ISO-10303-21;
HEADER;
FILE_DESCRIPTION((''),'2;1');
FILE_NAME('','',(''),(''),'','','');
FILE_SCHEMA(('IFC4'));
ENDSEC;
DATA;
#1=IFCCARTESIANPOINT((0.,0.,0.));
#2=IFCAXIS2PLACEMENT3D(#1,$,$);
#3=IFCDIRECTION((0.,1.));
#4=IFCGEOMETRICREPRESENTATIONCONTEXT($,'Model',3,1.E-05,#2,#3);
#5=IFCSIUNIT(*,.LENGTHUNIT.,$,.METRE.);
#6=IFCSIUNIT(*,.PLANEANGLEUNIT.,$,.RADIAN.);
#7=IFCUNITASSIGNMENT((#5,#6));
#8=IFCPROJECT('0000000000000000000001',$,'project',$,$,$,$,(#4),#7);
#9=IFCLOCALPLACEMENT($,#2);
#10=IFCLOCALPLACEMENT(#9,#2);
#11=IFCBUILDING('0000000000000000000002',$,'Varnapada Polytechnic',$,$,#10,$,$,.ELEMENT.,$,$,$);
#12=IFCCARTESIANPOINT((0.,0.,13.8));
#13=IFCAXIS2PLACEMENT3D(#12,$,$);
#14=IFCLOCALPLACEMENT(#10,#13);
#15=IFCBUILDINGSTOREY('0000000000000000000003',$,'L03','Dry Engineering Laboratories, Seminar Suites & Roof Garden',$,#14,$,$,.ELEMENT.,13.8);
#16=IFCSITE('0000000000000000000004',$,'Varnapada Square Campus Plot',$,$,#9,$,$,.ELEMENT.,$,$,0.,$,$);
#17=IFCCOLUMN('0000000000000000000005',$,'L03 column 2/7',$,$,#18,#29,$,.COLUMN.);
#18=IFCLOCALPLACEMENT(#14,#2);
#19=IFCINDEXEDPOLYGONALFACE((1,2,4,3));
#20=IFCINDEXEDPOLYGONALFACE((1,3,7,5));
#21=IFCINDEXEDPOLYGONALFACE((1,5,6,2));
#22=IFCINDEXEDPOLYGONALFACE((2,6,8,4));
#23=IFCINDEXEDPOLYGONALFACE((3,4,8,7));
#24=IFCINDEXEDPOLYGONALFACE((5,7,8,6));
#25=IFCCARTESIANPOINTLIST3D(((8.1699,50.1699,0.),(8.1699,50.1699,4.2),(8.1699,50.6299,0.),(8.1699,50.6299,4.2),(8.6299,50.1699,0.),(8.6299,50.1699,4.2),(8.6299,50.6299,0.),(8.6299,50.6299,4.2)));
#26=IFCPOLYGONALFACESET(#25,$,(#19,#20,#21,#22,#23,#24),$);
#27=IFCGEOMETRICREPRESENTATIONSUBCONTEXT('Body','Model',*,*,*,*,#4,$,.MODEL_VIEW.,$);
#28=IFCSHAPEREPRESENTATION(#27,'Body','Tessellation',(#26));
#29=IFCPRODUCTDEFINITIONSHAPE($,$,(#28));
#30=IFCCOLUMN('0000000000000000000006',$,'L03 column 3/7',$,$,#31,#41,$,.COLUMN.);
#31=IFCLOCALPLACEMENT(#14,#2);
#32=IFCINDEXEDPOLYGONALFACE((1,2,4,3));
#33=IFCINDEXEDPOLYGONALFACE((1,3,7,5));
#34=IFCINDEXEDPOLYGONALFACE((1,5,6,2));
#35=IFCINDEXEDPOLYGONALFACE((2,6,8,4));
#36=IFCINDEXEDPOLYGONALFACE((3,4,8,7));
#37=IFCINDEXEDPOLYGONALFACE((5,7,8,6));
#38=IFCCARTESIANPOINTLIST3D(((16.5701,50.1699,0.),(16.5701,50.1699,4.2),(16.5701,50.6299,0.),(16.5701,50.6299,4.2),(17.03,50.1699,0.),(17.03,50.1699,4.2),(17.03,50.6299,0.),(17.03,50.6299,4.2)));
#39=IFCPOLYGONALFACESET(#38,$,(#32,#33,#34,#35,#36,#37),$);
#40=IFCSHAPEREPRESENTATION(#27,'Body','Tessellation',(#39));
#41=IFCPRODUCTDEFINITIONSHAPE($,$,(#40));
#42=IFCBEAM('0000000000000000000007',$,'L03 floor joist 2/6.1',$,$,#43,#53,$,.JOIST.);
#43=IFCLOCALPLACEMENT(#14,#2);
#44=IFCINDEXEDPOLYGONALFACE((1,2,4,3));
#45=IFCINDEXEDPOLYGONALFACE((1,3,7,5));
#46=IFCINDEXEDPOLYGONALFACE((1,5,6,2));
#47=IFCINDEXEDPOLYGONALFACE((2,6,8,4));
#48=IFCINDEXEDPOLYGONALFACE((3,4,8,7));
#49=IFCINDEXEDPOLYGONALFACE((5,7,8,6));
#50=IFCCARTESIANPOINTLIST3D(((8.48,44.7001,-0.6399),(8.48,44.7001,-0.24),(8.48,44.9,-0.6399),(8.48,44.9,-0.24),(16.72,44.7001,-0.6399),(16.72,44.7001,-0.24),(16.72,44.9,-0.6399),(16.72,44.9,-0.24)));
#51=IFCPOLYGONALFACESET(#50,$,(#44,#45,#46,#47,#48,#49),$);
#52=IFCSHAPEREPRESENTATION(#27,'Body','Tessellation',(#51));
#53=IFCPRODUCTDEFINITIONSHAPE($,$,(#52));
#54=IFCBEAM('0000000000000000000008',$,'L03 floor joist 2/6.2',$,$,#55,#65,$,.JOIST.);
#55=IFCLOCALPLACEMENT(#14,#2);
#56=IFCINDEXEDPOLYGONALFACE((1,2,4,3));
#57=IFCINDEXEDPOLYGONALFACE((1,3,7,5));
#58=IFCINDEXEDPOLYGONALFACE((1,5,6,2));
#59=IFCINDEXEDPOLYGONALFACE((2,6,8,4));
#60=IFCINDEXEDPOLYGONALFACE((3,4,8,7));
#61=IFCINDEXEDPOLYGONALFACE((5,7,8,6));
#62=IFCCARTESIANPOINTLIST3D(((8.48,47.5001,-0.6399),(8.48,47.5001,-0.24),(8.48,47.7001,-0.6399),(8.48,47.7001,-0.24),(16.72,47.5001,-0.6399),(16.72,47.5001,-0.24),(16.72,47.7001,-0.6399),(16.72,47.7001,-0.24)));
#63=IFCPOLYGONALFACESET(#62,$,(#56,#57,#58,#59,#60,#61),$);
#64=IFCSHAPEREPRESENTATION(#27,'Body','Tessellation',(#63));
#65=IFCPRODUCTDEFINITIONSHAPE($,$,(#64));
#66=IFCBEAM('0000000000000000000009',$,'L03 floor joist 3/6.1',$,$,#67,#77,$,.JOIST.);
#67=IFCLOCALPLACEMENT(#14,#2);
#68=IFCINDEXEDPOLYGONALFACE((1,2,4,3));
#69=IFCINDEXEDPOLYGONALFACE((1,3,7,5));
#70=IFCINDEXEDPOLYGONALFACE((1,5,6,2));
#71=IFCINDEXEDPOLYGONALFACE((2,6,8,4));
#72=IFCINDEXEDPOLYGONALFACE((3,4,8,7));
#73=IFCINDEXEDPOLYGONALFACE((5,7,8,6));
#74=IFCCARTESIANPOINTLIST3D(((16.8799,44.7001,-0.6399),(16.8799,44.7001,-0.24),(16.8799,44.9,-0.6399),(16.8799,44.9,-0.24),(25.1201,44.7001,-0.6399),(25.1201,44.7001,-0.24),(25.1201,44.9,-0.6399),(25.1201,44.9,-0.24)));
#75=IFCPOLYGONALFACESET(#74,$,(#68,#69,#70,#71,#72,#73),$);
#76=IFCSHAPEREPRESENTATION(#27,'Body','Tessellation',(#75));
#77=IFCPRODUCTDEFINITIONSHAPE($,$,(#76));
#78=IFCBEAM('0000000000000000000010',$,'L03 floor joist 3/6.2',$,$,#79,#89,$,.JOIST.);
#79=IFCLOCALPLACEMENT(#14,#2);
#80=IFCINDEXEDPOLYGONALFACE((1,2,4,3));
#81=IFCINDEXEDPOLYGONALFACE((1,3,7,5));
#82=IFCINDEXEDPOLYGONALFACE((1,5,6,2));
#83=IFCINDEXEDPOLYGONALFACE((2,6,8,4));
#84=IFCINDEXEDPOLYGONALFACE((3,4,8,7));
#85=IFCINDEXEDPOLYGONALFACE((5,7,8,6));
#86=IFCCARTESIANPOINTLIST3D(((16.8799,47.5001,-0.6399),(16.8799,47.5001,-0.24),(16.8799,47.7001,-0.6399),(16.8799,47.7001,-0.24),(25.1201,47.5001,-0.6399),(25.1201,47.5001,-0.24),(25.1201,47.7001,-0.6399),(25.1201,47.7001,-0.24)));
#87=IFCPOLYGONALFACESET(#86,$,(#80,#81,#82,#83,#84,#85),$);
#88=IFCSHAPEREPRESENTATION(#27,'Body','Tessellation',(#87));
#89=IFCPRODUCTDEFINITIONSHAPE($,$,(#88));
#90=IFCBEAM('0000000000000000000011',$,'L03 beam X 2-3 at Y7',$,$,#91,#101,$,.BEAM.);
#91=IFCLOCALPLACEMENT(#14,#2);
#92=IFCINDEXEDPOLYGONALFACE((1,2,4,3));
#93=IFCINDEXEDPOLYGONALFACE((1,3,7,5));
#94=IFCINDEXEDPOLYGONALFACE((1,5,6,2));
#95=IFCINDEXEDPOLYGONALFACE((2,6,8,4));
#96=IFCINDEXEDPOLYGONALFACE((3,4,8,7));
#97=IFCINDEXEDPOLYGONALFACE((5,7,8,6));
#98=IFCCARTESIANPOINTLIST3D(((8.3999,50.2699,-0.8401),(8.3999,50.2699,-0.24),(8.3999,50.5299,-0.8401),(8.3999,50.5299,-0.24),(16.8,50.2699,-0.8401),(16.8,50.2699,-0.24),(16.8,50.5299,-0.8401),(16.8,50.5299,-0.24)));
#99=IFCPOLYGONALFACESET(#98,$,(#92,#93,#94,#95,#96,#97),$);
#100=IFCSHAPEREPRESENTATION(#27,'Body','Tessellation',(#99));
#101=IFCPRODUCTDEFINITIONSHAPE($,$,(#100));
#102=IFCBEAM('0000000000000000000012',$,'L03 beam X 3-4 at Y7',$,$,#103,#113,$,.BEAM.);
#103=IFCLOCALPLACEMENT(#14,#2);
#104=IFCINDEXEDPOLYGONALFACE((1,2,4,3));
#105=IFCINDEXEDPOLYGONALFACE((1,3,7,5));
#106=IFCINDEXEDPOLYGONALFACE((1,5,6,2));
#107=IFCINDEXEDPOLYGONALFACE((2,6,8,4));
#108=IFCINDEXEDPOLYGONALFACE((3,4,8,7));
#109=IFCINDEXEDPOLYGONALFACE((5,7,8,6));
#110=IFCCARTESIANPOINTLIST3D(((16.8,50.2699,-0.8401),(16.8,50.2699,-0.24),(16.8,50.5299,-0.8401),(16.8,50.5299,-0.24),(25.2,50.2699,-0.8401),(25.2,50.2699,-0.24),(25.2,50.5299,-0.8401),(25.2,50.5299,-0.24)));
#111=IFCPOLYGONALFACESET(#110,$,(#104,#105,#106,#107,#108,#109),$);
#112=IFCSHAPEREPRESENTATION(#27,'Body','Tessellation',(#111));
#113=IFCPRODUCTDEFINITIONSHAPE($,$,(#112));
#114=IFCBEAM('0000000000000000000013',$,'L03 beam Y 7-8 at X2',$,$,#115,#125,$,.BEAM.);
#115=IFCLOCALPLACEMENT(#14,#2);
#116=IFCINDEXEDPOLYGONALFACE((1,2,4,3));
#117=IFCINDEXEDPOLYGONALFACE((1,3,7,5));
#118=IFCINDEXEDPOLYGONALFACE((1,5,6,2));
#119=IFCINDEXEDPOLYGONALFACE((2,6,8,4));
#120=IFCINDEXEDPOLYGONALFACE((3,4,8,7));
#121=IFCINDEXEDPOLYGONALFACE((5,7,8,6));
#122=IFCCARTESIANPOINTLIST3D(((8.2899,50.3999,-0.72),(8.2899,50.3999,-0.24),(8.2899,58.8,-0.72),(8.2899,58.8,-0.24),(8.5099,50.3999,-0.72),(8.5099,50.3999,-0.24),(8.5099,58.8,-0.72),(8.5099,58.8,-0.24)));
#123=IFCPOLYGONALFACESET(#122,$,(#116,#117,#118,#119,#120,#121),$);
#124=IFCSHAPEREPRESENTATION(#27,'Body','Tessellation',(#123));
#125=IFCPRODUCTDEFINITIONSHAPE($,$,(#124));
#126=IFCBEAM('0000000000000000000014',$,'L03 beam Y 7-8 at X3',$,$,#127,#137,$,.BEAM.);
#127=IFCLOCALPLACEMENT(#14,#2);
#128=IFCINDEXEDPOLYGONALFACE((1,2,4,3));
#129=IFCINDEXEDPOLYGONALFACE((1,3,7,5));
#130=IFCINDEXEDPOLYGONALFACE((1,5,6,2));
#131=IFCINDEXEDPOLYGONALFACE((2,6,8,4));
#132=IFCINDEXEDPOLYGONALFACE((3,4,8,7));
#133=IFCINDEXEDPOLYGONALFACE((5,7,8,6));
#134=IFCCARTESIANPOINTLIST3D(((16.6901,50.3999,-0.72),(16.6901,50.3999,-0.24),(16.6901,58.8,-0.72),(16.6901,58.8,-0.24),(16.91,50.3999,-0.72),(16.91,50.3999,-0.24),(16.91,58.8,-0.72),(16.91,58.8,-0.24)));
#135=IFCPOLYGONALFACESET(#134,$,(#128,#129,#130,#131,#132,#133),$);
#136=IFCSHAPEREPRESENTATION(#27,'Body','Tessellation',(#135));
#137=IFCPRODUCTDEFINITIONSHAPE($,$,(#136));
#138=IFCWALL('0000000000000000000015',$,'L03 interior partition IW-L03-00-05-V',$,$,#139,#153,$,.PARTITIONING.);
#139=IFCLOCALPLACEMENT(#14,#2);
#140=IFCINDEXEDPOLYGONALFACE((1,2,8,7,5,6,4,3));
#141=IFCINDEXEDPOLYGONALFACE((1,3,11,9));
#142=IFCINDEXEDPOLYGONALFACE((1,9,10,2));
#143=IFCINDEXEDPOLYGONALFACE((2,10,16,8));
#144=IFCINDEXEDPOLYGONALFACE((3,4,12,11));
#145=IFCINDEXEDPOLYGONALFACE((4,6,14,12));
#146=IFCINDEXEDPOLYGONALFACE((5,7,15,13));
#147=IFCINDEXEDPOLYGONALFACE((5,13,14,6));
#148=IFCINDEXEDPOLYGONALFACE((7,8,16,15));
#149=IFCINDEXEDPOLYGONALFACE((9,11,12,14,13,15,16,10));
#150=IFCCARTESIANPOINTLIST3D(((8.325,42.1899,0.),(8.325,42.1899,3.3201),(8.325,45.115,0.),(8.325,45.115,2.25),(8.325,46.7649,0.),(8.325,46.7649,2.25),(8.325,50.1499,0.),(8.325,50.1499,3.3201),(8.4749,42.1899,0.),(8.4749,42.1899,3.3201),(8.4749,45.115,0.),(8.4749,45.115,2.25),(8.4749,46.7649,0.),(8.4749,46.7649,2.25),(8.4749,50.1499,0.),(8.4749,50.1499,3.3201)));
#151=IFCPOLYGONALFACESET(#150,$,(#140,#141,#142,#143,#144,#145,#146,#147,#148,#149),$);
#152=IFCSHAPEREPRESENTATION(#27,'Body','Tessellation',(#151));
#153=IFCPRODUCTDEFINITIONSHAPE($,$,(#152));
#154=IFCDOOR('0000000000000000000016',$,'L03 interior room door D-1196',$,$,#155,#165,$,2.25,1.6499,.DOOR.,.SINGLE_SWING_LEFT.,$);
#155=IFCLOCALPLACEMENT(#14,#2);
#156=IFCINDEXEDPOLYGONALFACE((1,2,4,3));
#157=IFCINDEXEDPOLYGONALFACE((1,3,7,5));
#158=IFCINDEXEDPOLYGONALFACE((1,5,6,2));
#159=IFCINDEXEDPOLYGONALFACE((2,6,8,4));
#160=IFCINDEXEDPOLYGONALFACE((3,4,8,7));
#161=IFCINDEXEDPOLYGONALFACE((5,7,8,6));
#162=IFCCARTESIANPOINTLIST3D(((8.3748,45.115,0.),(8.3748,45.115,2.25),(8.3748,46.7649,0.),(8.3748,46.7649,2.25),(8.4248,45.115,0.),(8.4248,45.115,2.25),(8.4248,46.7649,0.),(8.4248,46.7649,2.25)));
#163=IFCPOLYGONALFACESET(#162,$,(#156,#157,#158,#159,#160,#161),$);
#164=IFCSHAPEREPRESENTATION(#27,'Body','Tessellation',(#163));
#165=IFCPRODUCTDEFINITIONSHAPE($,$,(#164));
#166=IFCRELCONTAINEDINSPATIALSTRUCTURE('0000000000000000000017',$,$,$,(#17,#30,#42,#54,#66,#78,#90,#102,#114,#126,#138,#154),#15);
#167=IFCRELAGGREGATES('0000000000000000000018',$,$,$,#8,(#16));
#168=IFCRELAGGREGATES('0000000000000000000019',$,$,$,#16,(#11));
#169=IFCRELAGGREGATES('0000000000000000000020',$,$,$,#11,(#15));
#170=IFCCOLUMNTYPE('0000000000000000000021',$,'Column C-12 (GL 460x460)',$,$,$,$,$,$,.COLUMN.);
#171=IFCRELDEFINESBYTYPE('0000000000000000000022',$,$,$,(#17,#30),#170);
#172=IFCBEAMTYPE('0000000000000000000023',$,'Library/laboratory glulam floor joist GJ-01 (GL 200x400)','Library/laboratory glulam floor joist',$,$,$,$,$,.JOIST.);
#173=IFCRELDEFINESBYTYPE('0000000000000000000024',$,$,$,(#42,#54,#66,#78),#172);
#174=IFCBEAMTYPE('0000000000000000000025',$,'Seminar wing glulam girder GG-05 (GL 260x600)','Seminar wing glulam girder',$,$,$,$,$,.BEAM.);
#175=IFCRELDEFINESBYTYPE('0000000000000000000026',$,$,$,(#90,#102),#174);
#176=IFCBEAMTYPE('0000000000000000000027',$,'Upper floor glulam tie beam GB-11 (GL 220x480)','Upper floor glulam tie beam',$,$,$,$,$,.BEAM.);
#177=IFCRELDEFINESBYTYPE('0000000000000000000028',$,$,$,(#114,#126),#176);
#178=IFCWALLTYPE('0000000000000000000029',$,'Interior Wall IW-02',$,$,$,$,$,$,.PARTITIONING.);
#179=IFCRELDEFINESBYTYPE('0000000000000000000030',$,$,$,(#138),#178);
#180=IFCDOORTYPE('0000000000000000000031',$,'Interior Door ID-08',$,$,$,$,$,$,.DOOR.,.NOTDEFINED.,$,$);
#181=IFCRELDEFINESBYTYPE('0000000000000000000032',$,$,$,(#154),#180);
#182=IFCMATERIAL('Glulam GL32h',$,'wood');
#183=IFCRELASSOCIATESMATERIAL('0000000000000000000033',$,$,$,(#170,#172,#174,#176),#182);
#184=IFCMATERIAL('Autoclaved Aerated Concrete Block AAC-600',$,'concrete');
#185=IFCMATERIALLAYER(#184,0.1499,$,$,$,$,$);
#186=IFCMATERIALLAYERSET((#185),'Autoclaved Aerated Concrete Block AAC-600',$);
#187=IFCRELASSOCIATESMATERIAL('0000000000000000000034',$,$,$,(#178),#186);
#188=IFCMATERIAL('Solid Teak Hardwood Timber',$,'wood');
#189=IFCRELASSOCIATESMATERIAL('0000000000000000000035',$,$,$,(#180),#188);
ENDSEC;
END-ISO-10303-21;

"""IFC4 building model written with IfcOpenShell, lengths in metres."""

from ifc_helpers import new_model, si_unit, direction, frame, frame_2d, origin, origin_2d, place, context, subcontext, project, spatial, rectangle, extrude, material, layer, layer_set, material_profile, profile_set, type_object, element, fill, save


model = new_model("IFC4")

# Units and contexts
model_context = context("Model", 3, precision=1e-05, world=origin(), true_north=direction((0.0, 1.0)))
body_context = subcontext(model_context, "Body", "Model", "MODEL_VIEW")
ifc_project = project(units=[si_unit("LENGTHUNIT", "METRE"), si_unit("PLANEANGLEUNIT", "RADIAN")], contexts=[model_context])

# Site, building, storey
site_placement = place(None, origin())
site = spatial("IfcSite", under=ifc_project, at=site_placement, Name="Varnapada Square Campus Plot", CompositionType="ELEMENT", RefElevation=0.0)
building_placement = place(site_placement, origin())
building = spatial("IfcBuilding", under=site, at=building_placement, Name="Varnapada Polytechnic", CompositionType="ELEMENT")
storey_placement = place(building_placement, frame((0.0, 0.0, 13.8)))
storey = spatial("IfcBuildingStorey", under=building, at=storey_placement, Name="L03", Description="Dry Engineering Laboratories, Seminar Suites & Roof Garden", CompositionType="ELEMENT", Elevation=13.8)

# Columns
ifc_material_1 = material(Name="Glulam GL32h", Category="wood")
ifc_material_profile_1 = material_profile(ifc_material_1, rectangle(XDim=0.46, YDim=0.46, at=origin_2d()), Name="GL 460x460")
ifc_profile_set_1 = profile_set([ifc_material_profile_1], Name="Glulam GL32h")
column_type = type_object("IfcColumnType", Name="Column C-12 (GL 460x460)", PredefinedType="COLUMN", material=ifc_profile_set_1)
for number, where, z_axis, x_axis, name in (
    (1, (8.3999, 50.3999, 0.0), (0.0, 0.0, 1.0), (1.0, 0.0, 0.0), "L03 column 2/7"),
    (2, (16.8, 50.3999, 0.0), (0.0, 0.0, 1.0), (1.0, 0.0, 0.0), "L03 column 3/7"),
):
    element("IfcColumn", number, at=place(storey_placement, frame(where, z_axis=z_axis, x_axis=x_axis)), inside=storey, type_object=column_type, Name=name, PredefinedType="COLUMN", context=body_context, shape_type="SweptSolid", body=[
        extrude(rectangle(XDim=0.46, YDim=0.46, at=origin_2d()), origin(), (0.0, 0.0, 1.0), 4.2),
    ])

# Beams
ifc_material_profile_2 = material_profile(ifc_material_1, rectangle(XDim=0.2, YDim=0.3999, at=origin_2d()), Name="GL 200x400")
ifc_profile_set_2 = profile_set([ifc_material_profile_2], Name="Glulam GL32h")
beam_type_1 = type_object("IfcBeamType", Name="Library/laboratory glulam floor joist GJ-01 (GL 200x400)", Description="Library/laboratory glulam floor joist", PredefinedType="JOIST", material=ifc_profile_set_2)
for number, where, z_axis, x_axis, name in (
    (3, (8.48, 44.8, -0.4399), (1.0, 0.0, 0.0), (0.0, 1.0, 0.0), "L03 floor joist 2/6.1"),
    (4, (8.48, 47.6001, -0.4399), (1.0, 0.0, 0.0), (0.0, 1.0, 0.0), "L03 floor joist 2/6.2"),
):
    element("IfcBeam", number, at=place(storey_placement, frame(where, z_axis=z_axis, x_axis=x_axis)), inside=storey, type_object=beam_type_1, Name=name, PredefinedType="JOIST", context=body_context, shape_type="SweptSolid", body=[
        extrude(rectangle(XDim=0.2, YDim=0.3999, at=origin_2d()), origin(), (0.0, 0.0, 1.0), 8.24),
    ])
for number, where, z_axis, x_axis, name in (
    (5, (16.8799, 44.8, -0.4399), (1.0, 0.0, 0.0), (0.0, 1.0, 0.0), "L03 floor joist 3/6.1"),
    (6, (16.8799, 47.6001, -0.4399), (1.0, 0.0, 0.0), (0.0, 1.0, 0.0), "L03 floor joist 3/6.2"),
):
    element("IfcBeam", number, at=place(storey_placement, frame(where, z_axis=z_axis, x_axis=x_axis)), inside=storey, type_object=beam_type_1, Name=name, PredefinedType="JOIST", context=body_context, shape_type="SweptSolid", body=[
        extrude(rectangle(XDim=0.2, YDim=0.3999, at=origin_2d()), origin(), (0.0, 0.0, 1.0), 8.2402),
    ])
ifc_material_profile_3 = material_profile(ifc_material_1, rectangle(XDim=0.26, YDim=0.6001, at=origin_2d()), Name="GL 260x600")
ifc_profile_set_3 = profile_set([ifc_material_profile_3], Name="Glulam GL32h")
beam_type_2 = type_object("IfcBeamType", Name="Seminar wing glulam girder GG-05 (GL 260x600)", Description="Seminar wing glulam girder", PredefinedType="BEAM", material=ifc_profile_set_3)
beam_1_placement = place(storey_placement, frame((8.3999, 50.3999, -0.54), z_axis=(1.0, 0.0, 0.0), x_axis=(0.0, 1.0, 0.0)))
element("IfcBeam", 7, at=beam_1_placement, inside=storey, type_object=beam_type_2, Name="L03 beam X 2-3 at Y7", PredefinedType="BEAM", context=body_context, shape_type="SweptSolid", body=[
    extrude(rectangle(XDim=0.26, YDim=0.6001, at=origin_2d()), origin(), (0.0, 0.0, 1.0), 8.4001),
])
beam_2_placement = place(storey_placement, frame((16.8, 50.3999, -0.54), z_axis=(1.0, 0.0, 0.0), x_axis=(0.0, 1.0, 0.0)))
element("IfcBeam", 8, at=beam_2_placement, inside=storey, type_object=beam_type_2, Name="L03 beam X 3-4 at Y7", PredefinedType="BEAM", context=body_context, shape_type="SweptSolid", body=[
    extrude(rectangle(XDim=0.26, YDim=0.6001, at=origin_2d()), origin(), (0.0, 0.0, 1.0), 8.3999),
])
ifc_material_profile_4 = material_profile(ifc_material_1, rectangle(XDim=0.22, YDim=0.48, at=origin_2d()), Name="GL 220x480")
ifc_profile_set_4 = profile_set([ifc_material_profile_4], Name="Glulam GL32h")
beam_type_3 = type_object("IfcBeamType", Name="Upper floor glulam tie beam GB-11 (GL 220x480)", Description="Upper floor glulam tie beam", PredefinedType="BEAM", material=ifc_profile_set_4)
for number, where, z_axis, x_axis, name in (
    (9, (8.3999, 50.3999, -0.48), (0.0, 1.0, 0.0), (-1.0, 0.0, 0.0), "L03 beam Y 7-8 at X2"),
    (10, (16.8, 50.3999, -0.48), (0.0, 1.0, 0.0), (-1.0, 0.0, 0.0), "L03 beam Y 7-8 at X3"),
):
    element("IfcBeam", number, at=place(storey_placement, frame(where, z_axis=z_axis, x_axis=x_axis)), inside=storey, type_object=beam_type_3, Name=name, PredefinedType="BEAM", context=body_context, shape_type="SweptSolid", body=[
        extrude(rectangle(XDim=0.22, YDim=0.48, at=origin_2d()), origin(), (0.0, 0.0, 1.0), 8.4001),
    ])

# Wall, opening, door
ifc_material_2 = material(Name="Autoclaved Aerated Concrete Block AAC-600", Category="concrete")
ifc_layer_1 = layer(ifc_material_2, 0.1499)
ifc_layer_set_1 = layer_set([ifc_layer_1], Name="Autoclaved Aerated Concrete Block AAC-600")
wall_type_1 = type_object("IfcWallType", Name="Interior Wall IW-02", PredefinedType="PARTITIONING", material=ifc_layer_set_1)
wall_1_placement = place(storey_placement, frame((8.3999, 42.1899, 0.0), z_axis=(0.0, 0.0, 1.0), x_axis=(0.0, 1.0, 0.0)))
wall_1 = element("IfcWall", 11, at=wall_1_placement, inside=storey, type_object=wall_type_1, Name="L03 interior partition IW-L03-00-05-V", PredefinedType="PARTITIONING", context=body_context, shape_type="SweptSolid", body=[
    extrude(rectangle(XDim=7.96, YDim=0.1499, at=frame_2d((3.98, 0.0))), origin(), (0.0, 0.0, 1.0), 3.3201),
])
opening_1_placement = place(wall_1_placement, frame((2.925, 0.0, 0.0)))
opening_1 = element("IfcOpeningElement", 12, at=opening_1_placement, cuts=wall_1, PredefinedType="OPENING", context=body_context, shape_type="SweptSolid", body=[
    extrude(rectangle(XDim=1.6499, YDim=2.25, at=frame_2d((0.825, 1.125))), frame((0.0, 0.085, 0.0), z_axis=(0.0, -1.0, 0.0), x_axis=(1.0, 0.0, 0.0)), (0.0, 0.0, 1.0), 0.1699),
])
ifc_material_3 = material(Name="Solid Teak Hardwood Timber", Category="wood")
door_type_1 = type_object("IfcDoorType", Name="Interior Door ID-08", OperationType="NOTDEFINED", PredefinedType="DOOR", material=ifc_material_3)
door_1_placement = place(opening_1_placement, frame((1.6499, 0.0, 0.0), z_axis=(0.0, 0.0, 1.0), x_axis=(-1.0, 0.0, 0.0)))
door_1 = element("IfcDoor", 13, at=door_1_placement, inside=storey, type_object=door_type_1, Name="L03 interior room door D-1196", OperationType="SINGLE_SWING_LEFT", OverallHeight=2.25, OverallWidth=1.6499, PredefinedType="DOOR", context=body_context, shape_type="SweptSolid", body=[
    extrude(rectangle(XDim=1.6499, YDim=2.25, at=frame_2d((0.825, 1.125))), frame((0.0, 0.0249, 0.0), z_axis=(0.0, -1.0, 0.0), x_axis=(1.0, 0.0, 0.0)), (0.0, 0.0, 1.0), 0.05),
])
fill(opening_1, door_1)

save(model, "model.ifc")
